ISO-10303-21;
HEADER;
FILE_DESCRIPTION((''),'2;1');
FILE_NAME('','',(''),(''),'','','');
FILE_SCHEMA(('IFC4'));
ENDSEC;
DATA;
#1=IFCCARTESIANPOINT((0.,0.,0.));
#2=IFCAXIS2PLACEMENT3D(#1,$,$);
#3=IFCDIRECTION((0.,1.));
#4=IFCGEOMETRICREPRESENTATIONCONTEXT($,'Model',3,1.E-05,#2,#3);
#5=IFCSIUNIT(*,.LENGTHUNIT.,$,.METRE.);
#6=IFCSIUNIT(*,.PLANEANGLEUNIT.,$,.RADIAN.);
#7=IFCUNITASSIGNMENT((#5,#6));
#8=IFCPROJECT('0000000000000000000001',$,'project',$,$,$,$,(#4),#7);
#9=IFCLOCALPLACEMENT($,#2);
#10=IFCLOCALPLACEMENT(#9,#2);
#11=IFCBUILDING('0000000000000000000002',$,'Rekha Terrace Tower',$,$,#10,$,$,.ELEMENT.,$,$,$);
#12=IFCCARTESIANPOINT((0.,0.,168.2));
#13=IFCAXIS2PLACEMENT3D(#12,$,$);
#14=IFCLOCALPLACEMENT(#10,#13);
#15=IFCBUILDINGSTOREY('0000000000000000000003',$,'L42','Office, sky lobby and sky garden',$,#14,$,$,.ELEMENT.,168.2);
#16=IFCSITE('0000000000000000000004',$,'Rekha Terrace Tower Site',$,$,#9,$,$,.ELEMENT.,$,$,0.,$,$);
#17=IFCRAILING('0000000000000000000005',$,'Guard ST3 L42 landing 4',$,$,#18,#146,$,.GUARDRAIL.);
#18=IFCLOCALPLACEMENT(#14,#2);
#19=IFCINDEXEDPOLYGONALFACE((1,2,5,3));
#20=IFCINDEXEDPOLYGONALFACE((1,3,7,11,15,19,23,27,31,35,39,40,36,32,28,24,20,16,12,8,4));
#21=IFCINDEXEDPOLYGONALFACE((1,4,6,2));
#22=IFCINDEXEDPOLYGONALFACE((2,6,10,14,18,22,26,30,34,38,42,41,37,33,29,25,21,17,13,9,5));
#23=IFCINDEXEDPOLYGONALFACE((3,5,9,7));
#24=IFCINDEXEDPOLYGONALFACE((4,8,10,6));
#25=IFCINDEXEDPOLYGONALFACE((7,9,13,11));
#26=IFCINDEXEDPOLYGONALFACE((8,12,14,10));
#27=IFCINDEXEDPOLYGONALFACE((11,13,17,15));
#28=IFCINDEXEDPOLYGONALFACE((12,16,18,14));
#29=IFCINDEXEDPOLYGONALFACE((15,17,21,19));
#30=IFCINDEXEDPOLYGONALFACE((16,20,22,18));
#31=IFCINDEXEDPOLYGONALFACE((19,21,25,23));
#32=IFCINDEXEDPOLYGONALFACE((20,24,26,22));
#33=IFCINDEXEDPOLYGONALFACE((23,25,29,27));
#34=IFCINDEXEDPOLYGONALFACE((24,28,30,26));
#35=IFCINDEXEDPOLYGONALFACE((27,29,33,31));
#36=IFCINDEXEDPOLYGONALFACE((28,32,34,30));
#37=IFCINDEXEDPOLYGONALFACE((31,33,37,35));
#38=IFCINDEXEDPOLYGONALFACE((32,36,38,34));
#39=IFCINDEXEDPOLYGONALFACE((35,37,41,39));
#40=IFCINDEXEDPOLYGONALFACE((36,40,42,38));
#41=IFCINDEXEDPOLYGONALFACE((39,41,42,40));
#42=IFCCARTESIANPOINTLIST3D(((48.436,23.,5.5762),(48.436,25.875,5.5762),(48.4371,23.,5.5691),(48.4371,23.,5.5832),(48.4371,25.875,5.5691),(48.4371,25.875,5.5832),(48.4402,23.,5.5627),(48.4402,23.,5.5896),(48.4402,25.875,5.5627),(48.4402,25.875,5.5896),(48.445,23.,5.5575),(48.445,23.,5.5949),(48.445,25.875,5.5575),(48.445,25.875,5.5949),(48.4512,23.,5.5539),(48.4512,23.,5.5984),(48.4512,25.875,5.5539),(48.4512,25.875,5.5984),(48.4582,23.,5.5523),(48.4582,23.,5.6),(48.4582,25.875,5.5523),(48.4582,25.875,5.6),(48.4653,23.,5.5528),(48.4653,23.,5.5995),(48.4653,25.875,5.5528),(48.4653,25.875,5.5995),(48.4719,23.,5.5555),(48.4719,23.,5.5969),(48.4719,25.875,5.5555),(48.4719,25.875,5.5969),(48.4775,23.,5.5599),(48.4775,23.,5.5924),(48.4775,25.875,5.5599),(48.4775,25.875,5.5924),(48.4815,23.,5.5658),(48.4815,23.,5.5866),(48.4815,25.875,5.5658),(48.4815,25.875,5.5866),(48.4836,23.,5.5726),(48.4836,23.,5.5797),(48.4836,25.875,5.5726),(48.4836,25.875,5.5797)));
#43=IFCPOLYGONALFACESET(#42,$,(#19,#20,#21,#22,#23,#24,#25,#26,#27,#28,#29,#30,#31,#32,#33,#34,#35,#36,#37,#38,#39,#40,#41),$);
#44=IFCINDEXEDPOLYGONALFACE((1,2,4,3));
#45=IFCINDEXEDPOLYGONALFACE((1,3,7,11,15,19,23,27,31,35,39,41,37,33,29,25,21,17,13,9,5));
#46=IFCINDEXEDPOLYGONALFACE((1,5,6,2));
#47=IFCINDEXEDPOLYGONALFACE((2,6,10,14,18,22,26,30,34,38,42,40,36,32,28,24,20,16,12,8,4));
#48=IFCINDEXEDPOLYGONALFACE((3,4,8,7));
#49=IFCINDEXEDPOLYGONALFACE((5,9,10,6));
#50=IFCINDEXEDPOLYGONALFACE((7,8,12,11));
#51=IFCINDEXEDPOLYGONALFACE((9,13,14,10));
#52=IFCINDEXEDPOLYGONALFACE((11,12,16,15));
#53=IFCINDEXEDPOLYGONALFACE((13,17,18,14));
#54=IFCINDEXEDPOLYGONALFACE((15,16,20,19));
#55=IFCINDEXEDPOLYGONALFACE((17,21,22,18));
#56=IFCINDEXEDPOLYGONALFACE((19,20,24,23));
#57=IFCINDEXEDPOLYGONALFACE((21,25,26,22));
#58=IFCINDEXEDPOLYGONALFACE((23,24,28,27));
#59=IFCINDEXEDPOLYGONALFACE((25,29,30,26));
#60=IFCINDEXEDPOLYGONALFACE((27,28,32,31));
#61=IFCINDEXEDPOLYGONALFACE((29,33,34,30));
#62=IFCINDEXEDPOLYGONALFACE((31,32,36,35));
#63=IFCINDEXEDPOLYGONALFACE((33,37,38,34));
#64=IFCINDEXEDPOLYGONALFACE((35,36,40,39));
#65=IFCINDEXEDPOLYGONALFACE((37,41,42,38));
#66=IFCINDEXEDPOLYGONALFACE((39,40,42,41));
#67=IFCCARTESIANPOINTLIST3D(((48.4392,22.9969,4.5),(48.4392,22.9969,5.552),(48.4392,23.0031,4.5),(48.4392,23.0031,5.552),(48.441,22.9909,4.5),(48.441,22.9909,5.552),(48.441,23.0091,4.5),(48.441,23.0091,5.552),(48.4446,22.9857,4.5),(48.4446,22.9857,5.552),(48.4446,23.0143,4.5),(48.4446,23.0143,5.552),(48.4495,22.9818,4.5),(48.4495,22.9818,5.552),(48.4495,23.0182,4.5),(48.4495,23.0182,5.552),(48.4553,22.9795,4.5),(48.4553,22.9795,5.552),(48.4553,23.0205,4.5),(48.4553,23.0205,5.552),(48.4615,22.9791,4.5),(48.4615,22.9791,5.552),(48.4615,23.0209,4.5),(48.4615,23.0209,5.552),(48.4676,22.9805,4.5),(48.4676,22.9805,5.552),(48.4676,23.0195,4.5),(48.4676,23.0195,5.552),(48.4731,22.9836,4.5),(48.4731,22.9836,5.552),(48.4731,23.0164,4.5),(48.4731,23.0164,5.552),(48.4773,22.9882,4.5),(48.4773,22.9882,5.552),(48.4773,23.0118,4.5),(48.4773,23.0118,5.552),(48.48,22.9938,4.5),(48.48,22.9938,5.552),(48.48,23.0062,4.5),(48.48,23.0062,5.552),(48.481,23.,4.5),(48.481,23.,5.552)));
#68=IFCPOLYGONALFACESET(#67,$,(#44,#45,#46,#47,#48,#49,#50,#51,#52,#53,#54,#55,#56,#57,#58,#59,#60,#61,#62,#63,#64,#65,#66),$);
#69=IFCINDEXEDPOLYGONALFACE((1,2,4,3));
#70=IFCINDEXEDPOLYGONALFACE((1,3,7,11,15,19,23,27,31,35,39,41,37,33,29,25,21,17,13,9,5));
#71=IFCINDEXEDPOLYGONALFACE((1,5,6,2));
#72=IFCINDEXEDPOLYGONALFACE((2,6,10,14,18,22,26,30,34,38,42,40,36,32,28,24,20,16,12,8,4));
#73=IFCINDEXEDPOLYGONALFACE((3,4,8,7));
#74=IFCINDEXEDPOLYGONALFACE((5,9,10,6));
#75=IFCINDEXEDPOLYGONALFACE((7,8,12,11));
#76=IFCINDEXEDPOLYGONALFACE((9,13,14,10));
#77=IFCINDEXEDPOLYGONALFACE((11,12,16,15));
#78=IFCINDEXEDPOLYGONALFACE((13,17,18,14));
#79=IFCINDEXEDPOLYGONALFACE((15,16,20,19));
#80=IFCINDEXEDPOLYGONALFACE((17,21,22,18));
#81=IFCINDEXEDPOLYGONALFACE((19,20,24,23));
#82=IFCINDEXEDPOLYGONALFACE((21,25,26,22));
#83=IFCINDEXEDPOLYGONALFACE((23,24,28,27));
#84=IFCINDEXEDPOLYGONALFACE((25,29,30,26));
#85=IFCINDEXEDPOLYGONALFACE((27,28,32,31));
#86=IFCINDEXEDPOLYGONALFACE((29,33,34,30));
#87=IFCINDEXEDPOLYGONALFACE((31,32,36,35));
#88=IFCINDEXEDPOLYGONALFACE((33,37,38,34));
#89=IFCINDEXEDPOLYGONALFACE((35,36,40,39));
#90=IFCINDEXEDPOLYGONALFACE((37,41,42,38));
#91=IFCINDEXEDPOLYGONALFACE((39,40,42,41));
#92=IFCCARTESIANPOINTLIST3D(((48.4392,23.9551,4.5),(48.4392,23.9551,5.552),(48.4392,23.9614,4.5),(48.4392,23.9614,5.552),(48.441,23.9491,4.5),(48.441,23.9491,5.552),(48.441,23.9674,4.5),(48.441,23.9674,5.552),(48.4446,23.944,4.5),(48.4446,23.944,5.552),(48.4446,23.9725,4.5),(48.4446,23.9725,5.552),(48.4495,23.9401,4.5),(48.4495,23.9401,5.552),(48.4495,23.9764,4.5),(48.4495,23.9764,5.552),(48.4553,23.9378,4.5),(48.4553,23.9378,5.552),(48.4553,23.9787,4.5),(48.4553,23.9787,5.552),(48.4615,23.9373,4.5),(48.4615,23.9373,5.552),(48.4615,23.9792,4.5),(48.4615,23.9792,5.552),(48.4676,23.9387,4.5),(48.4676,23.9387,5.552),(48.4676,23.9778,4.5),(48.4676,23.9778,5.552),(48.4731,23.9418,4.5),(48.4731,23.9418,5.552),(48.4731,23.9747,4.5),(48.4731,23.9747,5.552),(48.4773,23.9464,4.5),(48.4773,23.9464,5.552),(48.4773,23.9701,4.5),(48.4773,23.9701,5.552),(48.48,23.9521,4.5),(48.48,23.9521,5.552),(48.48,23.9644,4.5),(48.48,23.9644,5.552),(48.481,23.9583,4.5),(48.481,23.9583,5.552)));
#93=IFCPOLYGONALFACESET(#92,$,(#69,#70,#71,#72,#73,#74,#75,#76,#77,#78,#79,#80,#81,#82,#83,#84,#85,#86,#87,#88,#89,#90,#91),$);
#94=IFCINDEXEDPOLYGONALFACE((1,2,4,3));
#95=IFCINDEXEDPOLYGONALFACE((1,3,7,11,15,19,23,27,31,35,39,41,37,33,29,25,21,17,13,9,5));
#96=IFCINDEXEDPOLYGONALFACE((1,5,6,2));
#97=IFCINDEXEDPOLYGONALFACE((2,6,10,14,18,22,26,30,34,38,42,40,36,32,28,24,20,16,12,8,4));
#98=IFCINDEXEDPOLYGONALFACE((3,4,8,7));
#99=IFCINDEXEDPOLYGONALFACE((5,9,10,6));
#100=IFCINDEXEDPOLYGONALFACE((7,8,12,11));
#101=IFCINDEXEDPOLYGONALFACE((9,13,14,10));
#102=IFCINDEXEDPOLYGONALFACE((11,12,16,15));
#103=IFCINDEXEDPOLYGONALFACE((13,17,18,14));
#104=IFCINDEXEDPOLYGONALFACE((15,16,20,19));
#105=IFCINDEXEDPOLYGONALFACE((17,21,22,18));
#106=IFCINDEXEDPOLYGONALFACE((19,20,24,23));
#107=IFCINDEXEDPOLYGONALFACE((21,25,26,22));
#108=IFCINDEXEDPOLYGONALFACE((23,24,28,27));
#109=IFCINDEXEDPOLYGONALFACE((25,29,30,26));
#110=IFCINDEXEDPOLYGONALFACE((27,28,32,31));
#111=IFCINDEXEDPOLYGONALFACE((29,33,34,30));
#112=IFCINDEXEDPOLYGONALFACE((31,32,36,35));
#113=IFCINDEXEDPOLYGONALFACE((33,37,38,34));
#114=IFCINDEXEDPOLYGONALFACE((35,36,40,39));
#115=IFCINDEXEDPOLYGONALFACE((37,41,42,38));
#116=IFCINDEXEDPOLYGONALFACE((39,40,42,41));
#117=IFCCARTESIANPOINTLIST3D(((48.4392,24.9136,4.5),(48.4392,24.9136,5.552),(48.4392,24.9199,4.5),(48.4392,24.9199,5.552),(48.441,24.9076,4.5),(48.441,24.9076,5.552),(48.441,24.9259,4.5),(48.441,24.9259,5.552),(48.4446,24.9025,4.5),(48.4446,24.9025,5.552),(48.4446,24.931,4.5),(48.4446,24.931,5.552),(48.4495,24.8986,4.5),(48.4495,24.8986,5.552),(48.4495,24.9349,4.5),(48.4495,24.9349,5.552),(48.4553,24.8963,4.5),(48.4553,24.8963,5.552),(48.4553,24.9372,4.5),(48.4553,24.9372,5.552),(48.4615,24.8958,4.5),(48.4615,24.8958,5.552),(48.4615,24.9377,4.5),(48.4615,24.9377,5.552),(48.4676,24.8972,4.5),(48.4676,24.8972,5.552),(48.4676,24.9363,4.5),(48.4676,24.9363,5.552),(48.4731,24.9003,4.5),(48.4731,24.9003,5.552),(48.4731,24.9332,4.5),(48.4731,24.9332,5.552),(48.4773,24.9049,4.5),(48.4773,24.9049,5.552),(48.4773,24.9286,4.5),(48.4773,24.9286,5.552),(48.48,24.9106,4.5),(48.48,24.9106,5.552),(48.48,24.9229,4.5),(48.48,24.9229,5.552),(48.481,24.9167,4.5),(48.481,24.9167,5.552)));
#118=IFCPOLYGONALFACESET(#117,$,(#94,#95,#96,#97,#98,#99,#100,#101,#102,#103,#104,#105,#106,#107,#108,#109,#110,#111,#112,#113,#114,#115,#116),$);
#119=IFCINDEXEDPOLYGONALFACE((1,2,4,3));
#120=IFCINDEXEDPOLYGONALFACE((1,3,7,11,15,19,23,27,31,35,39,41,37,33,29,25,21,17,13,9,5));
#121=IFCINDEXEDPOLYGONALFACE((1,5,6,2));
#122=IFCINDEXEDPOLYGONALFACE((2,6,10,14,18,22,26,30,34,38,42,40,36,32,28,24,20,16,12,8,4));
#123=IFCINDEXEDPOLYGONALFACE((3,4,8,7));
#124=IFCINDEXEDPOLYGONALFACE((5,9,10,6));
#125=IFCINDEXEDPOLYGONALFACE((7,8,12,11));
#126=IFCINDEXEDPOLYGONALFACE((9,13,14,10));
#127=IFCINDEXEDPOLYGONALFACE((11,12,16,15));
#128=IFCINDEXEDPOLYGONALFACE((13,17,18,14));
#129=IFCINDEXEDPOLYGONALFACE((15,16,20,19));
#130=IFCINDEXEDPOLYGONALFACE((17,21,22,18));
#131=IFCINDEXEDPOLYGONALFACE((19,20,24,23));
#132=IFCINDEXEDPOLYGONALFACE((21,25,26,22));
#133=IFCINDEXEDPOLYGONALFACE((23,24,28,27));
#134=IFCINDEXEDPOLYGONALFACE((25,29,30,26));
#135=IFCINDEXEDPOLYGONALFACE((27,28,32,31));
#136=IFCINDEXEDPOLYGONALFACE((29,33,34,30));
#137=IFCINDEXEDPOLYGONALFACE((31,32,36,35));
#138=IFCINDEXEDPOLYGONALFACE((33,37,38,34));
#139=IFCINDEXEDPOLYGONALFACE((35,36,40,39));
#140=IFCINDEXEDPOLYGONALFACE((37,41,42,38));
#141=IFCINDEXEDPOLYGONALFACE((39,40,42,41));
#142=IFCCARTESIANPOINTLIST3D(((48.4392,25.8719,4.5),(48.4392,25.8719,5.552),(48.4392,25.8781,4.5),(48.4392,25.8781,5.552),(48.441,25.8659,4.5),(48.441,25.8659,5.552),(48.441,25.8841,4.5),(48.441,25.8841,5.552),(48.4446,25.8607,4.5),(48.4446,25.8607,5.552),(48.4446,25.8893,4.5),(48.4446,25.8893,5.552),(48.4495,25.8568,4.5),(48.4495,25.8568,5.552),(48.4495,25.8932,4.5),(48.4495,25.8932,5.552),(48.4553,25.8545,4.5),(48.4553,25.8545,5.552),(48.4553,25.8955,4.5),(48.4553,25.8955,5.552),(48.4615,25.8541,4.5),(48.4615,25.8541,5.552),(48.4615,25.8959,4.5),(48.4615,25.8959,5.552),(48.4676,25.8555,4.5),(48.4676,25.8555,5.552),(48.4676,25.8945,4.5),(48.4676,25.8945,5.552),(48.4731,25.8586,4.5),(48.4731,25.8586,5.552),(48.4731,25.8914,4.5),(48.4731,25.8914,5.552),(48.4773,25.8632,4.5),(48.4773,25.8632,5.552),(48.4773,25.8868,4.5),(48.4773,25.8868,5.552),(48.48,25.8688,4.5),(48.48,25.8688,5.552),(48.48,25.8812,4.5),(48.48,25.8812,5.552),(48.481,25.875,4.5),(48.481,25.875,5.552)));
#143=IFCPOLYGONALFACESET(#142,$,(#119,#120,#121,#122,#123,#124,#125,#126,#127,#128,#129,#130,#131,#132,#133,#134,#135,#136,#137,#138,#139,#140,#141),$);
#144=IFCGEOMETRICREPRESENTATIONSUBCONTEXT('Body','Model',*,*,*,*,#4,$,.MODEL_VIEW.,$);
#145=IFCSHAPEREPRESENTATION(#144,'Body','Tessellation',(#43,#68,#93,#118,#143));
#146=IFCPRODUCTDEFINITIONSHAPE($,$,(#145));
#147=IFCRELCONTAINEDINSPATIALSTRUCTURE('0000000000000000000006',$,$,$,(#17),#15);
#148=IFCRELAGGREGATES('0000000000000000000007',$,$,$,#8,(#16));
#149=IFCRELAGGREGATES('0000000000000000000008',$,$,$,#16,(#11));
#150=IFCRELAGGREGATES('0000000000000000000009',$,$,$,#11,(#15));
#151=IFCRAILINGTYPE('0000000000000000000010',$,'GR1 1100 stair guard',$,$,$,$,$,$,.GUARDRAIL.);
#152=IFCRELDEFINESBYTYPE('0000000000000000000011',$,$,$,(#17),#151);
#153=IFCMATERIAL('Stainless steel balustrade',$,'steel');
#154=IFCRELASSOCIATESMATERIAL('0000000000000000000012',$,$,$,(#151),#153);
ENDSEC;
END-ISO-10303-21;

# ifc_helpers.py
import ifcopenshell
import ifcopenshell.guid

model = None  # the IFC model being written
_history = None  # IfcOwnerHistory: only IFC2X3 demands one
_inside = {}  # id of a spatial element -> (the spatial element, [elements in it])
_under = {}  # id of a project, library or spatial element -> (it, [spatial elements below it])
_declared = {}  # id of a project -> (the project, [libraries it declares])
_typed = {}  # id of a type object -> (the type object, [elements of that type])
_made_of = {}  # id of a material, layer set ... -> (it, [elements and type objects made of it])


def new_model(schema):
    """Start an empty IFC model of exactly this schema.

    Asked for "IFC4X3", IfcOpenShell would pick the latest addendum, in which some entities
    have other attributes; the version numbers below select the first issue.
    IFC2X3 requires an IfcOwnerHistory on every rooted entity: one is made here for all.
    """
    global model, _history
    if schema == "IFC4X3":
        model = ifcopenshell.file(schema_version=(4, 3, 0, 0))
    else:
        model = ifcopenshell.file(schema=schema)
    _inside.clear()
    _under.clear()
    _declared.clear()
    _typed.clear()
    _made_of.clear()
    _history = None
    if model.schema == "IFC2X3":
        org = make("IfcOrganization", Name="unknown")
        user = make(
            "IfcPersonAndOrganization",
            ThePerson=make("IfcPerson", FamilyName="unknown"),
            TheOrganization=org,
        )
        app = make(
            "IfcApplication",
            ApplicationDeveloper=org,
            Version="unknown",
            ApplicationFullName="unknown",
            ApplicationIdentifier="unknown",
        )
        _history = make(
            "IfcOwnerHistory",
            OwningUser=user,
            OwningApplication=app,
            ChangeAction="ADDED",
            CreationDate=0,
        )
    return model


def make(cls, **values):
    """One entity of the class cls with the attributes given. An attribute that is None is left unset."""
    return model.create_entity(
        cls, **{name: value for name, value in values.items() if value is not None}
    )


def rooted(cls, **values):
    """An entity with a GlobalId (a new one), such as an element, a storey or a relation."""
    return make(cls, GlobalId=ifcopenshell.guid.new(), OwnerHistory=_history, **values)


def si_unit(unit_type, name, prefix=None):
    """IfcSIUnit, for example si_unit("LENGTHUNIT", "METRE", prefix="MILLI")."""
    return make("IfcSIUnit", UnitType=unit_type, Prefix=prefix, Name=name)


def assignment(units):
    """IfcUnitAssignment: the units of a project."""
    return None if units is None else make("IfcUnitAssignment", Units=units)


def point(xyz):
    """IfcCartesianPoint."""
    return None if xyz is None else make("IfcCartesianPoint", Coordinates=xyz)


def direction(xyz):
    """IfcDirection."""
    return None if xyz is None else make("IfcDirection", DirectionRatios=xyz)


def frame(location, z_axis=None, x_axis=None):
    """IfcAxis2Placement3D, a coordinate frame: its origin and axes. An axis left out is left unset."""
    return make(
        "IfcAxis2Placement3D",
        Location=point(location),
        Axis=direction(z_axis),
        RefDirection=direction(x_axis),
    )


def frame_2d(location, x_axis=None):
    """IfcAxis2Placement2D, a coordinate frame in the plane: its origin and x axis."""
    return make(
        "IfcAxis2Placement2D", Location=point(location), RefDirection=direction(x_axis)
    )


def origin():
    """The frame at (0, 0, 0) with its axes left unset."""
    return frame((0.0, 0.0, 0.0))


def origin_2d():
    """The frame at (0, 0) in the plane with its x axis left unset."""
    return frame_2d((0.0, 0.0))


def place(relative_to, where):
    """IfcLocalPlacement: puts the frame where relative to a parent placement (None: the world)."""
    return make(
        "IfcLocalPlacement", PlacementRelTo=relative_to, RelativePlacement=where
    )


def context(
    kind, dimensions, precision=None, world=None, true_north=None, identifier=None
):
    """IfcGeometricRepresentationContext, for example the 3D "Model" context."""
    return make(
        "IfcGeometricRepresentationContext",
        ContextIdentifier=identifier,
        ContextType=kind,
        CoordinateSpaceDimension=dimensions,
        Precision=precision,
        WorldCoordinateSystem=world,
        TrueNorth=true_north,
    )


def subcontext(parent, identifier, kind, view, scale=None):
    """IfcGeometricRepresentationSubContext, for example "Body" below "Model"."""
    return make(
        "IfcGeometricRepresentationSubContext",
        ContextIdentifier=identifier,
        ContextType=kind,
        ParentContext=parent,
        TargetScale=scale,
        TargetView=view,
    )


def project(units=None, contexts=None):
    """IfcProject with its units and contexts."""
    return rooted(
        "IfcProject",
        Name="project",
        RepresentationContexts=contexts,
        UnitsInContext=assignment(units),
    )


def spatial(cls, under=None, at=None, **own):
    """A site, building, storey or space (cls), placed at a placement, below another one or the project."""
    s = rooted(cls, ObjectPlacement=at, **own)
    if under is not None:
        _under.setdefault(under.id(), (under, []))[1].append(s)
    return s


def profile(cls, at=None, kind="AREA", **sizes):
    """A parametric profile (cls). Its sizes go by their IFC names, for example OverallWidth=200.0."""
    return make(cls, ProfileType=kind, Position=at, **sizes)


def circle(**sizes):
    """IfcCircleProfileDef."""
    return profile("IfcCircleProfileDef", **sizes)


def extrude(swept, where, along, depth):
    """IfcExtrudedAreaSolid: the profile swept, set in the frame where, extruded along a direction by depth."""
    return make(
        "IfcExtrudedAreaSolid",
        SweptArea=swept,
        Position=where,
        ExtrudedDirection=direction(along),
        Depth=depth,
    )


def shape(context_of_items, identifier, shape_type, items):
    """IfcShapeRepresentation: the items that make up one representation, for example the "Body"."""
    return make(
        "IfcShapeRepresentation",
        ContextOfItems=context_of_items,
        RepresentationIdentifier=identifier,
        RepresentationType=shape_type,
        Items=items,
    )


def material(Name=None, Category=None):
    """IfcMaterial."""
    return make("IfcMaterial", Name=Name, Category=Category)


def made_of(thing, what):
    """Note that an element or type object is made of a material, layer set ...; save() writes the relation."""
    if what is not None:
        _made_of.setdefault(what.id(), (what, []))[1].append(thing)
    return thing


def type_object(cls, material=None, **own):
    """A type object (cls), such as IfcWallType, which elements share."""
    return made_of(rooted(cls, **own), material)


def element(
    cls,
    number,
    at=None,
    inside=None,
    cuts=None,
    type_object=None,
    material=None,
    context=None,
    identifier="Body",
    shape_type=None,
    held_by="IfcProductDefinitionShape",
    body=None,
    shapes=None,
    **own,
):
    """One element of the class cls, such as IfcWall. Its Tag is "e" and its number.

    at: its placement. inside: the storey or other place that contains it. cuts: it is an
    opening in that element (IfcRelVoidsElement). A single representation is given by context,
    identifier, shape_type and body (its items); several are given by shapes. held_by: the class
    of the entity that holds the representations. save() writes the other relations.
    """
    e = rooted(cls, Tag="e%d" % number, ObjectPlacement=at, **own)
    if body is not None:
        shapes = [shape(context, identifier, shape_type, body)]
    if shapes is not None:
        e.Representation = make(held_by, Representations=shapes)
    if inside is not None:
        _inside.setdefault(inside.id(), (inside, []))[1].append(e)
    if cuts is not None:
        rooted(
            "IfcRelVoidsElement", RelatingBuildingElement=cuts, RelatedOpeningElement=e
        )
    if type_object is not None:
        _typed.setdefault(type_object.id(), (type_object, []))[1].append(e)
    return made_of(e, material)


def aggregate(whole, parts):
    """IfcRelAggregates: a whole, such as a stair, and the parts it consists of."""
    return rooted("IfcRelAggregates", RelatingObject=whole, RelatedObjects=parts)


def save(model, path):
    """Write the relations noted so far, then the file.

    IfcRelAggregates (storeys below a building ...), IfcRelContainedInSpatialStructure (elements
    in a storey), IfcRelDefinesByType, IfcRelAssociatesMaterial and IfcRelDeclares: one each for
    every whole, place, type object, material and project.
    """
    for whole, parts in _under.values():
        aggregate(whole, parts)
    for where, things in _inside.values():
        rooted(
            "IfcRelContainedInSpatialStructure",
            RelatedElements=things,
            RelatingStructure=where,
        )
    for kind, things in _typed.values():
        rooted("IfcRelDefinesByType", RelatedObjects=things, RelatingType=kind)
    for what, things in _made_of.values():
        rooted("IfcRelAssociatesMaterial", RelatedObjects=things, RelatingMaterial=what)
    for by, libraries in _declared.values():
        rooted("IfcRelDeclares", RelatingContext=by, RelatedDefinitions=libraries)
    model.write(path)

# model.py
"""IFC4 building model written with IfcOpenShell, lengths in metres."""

from ifc_helpers import new_model, si_unit, direction, frame, origin, origin_2d, place, context, subcontext, project, spatial, circle, extrude, material, type_object, element, save


model = new_model("IFC4")

# Units and contexts
model_context = context("Model", 3, precision=1e-05, world=origin(), true_north=direction((0.0, 1.0)))
body_context = subcontext(model_context, "Body", "Model", "MODEL_VIEW")
ifc_project = project(units=[si_unit("LENGTHUNIT", "METRE"), si_unit("PLANEANGLEUNIT", "RADIAN")], contexts=[model_context])

# Site, building, storey
site_placement = place(None, origin())
site = spatial("IfcSite", under=ifc_project, at=site_placement, Name="Rekha Terrace Tower Site", CompositionType="ELEMENT", RefElevation=0.0)
building_placement = place(site_placement, origin())
building = spatial("IfcBuilding", under=site, at=building_placement, Name="Rekha Terrace Tower", CompositionType="ELEMENT")
storey_placement = place(building_placement, frame((0.0, 0.0, 168.2)))
storey = spatial("IfcBuildingStorey", under=building, at=storey_placement, Name="L42", Description="Office, sky lobby and sky garden", CompositionType="ELEMENT", Elevation=168.2)

# Railing
ifc_material_1 = material(Name="Stainless steel balustrade", Category="steel")
railing_type_1 = type_object("IfcRailingType", Name="GR1 1100 stair guard", PredefinedType="GUARDRAIL", material=ifc_material_1)
railing_1_placement = place(storey_placement, frame((48.46, 23.0, 4.5)))
element("IfcRailing", 1, at=railing_1_placement, inside=storey, type_object=railing_type_1, Name="Guard ST3 L42 landing 4", PredefinedType="GUARDRAIL", context=body_context, shape_type="SweptSolid", body=[
    extrude(circle(Radius=0.0239, at=origin_2d()), frame((0.0, 0.0, 1.0762), z_axis=(0.0, 1.0, 0.0), x_axis=(-1.0, 0.0, 0.0)), (0.0, 0.0, 1.0), 2.875),
    extrude(circle(Radius=0.021, at=origin_2d()), origin(), (0.0, 0.0, 1.0), 1.052),
    extrude(circle(Radius=0.021, at=origin_2d()), frame((0.0, 0.9583, 0.0)), (0.0, 0.0, 1.0), 1.052),
    extrude(circle(Radius=0.021, at=origin_2d()), frame((0.0, 1.9167, 0.0)), (0.0, 0.0, 1.0), 1.052),
    extrude(circle(Radius=0.021, at=origin_2d()), frame((0.0, 2.875, 0.0)), (0.0, 0.0, 1.0), 1.052),
])

save(model, "model.ifc")
